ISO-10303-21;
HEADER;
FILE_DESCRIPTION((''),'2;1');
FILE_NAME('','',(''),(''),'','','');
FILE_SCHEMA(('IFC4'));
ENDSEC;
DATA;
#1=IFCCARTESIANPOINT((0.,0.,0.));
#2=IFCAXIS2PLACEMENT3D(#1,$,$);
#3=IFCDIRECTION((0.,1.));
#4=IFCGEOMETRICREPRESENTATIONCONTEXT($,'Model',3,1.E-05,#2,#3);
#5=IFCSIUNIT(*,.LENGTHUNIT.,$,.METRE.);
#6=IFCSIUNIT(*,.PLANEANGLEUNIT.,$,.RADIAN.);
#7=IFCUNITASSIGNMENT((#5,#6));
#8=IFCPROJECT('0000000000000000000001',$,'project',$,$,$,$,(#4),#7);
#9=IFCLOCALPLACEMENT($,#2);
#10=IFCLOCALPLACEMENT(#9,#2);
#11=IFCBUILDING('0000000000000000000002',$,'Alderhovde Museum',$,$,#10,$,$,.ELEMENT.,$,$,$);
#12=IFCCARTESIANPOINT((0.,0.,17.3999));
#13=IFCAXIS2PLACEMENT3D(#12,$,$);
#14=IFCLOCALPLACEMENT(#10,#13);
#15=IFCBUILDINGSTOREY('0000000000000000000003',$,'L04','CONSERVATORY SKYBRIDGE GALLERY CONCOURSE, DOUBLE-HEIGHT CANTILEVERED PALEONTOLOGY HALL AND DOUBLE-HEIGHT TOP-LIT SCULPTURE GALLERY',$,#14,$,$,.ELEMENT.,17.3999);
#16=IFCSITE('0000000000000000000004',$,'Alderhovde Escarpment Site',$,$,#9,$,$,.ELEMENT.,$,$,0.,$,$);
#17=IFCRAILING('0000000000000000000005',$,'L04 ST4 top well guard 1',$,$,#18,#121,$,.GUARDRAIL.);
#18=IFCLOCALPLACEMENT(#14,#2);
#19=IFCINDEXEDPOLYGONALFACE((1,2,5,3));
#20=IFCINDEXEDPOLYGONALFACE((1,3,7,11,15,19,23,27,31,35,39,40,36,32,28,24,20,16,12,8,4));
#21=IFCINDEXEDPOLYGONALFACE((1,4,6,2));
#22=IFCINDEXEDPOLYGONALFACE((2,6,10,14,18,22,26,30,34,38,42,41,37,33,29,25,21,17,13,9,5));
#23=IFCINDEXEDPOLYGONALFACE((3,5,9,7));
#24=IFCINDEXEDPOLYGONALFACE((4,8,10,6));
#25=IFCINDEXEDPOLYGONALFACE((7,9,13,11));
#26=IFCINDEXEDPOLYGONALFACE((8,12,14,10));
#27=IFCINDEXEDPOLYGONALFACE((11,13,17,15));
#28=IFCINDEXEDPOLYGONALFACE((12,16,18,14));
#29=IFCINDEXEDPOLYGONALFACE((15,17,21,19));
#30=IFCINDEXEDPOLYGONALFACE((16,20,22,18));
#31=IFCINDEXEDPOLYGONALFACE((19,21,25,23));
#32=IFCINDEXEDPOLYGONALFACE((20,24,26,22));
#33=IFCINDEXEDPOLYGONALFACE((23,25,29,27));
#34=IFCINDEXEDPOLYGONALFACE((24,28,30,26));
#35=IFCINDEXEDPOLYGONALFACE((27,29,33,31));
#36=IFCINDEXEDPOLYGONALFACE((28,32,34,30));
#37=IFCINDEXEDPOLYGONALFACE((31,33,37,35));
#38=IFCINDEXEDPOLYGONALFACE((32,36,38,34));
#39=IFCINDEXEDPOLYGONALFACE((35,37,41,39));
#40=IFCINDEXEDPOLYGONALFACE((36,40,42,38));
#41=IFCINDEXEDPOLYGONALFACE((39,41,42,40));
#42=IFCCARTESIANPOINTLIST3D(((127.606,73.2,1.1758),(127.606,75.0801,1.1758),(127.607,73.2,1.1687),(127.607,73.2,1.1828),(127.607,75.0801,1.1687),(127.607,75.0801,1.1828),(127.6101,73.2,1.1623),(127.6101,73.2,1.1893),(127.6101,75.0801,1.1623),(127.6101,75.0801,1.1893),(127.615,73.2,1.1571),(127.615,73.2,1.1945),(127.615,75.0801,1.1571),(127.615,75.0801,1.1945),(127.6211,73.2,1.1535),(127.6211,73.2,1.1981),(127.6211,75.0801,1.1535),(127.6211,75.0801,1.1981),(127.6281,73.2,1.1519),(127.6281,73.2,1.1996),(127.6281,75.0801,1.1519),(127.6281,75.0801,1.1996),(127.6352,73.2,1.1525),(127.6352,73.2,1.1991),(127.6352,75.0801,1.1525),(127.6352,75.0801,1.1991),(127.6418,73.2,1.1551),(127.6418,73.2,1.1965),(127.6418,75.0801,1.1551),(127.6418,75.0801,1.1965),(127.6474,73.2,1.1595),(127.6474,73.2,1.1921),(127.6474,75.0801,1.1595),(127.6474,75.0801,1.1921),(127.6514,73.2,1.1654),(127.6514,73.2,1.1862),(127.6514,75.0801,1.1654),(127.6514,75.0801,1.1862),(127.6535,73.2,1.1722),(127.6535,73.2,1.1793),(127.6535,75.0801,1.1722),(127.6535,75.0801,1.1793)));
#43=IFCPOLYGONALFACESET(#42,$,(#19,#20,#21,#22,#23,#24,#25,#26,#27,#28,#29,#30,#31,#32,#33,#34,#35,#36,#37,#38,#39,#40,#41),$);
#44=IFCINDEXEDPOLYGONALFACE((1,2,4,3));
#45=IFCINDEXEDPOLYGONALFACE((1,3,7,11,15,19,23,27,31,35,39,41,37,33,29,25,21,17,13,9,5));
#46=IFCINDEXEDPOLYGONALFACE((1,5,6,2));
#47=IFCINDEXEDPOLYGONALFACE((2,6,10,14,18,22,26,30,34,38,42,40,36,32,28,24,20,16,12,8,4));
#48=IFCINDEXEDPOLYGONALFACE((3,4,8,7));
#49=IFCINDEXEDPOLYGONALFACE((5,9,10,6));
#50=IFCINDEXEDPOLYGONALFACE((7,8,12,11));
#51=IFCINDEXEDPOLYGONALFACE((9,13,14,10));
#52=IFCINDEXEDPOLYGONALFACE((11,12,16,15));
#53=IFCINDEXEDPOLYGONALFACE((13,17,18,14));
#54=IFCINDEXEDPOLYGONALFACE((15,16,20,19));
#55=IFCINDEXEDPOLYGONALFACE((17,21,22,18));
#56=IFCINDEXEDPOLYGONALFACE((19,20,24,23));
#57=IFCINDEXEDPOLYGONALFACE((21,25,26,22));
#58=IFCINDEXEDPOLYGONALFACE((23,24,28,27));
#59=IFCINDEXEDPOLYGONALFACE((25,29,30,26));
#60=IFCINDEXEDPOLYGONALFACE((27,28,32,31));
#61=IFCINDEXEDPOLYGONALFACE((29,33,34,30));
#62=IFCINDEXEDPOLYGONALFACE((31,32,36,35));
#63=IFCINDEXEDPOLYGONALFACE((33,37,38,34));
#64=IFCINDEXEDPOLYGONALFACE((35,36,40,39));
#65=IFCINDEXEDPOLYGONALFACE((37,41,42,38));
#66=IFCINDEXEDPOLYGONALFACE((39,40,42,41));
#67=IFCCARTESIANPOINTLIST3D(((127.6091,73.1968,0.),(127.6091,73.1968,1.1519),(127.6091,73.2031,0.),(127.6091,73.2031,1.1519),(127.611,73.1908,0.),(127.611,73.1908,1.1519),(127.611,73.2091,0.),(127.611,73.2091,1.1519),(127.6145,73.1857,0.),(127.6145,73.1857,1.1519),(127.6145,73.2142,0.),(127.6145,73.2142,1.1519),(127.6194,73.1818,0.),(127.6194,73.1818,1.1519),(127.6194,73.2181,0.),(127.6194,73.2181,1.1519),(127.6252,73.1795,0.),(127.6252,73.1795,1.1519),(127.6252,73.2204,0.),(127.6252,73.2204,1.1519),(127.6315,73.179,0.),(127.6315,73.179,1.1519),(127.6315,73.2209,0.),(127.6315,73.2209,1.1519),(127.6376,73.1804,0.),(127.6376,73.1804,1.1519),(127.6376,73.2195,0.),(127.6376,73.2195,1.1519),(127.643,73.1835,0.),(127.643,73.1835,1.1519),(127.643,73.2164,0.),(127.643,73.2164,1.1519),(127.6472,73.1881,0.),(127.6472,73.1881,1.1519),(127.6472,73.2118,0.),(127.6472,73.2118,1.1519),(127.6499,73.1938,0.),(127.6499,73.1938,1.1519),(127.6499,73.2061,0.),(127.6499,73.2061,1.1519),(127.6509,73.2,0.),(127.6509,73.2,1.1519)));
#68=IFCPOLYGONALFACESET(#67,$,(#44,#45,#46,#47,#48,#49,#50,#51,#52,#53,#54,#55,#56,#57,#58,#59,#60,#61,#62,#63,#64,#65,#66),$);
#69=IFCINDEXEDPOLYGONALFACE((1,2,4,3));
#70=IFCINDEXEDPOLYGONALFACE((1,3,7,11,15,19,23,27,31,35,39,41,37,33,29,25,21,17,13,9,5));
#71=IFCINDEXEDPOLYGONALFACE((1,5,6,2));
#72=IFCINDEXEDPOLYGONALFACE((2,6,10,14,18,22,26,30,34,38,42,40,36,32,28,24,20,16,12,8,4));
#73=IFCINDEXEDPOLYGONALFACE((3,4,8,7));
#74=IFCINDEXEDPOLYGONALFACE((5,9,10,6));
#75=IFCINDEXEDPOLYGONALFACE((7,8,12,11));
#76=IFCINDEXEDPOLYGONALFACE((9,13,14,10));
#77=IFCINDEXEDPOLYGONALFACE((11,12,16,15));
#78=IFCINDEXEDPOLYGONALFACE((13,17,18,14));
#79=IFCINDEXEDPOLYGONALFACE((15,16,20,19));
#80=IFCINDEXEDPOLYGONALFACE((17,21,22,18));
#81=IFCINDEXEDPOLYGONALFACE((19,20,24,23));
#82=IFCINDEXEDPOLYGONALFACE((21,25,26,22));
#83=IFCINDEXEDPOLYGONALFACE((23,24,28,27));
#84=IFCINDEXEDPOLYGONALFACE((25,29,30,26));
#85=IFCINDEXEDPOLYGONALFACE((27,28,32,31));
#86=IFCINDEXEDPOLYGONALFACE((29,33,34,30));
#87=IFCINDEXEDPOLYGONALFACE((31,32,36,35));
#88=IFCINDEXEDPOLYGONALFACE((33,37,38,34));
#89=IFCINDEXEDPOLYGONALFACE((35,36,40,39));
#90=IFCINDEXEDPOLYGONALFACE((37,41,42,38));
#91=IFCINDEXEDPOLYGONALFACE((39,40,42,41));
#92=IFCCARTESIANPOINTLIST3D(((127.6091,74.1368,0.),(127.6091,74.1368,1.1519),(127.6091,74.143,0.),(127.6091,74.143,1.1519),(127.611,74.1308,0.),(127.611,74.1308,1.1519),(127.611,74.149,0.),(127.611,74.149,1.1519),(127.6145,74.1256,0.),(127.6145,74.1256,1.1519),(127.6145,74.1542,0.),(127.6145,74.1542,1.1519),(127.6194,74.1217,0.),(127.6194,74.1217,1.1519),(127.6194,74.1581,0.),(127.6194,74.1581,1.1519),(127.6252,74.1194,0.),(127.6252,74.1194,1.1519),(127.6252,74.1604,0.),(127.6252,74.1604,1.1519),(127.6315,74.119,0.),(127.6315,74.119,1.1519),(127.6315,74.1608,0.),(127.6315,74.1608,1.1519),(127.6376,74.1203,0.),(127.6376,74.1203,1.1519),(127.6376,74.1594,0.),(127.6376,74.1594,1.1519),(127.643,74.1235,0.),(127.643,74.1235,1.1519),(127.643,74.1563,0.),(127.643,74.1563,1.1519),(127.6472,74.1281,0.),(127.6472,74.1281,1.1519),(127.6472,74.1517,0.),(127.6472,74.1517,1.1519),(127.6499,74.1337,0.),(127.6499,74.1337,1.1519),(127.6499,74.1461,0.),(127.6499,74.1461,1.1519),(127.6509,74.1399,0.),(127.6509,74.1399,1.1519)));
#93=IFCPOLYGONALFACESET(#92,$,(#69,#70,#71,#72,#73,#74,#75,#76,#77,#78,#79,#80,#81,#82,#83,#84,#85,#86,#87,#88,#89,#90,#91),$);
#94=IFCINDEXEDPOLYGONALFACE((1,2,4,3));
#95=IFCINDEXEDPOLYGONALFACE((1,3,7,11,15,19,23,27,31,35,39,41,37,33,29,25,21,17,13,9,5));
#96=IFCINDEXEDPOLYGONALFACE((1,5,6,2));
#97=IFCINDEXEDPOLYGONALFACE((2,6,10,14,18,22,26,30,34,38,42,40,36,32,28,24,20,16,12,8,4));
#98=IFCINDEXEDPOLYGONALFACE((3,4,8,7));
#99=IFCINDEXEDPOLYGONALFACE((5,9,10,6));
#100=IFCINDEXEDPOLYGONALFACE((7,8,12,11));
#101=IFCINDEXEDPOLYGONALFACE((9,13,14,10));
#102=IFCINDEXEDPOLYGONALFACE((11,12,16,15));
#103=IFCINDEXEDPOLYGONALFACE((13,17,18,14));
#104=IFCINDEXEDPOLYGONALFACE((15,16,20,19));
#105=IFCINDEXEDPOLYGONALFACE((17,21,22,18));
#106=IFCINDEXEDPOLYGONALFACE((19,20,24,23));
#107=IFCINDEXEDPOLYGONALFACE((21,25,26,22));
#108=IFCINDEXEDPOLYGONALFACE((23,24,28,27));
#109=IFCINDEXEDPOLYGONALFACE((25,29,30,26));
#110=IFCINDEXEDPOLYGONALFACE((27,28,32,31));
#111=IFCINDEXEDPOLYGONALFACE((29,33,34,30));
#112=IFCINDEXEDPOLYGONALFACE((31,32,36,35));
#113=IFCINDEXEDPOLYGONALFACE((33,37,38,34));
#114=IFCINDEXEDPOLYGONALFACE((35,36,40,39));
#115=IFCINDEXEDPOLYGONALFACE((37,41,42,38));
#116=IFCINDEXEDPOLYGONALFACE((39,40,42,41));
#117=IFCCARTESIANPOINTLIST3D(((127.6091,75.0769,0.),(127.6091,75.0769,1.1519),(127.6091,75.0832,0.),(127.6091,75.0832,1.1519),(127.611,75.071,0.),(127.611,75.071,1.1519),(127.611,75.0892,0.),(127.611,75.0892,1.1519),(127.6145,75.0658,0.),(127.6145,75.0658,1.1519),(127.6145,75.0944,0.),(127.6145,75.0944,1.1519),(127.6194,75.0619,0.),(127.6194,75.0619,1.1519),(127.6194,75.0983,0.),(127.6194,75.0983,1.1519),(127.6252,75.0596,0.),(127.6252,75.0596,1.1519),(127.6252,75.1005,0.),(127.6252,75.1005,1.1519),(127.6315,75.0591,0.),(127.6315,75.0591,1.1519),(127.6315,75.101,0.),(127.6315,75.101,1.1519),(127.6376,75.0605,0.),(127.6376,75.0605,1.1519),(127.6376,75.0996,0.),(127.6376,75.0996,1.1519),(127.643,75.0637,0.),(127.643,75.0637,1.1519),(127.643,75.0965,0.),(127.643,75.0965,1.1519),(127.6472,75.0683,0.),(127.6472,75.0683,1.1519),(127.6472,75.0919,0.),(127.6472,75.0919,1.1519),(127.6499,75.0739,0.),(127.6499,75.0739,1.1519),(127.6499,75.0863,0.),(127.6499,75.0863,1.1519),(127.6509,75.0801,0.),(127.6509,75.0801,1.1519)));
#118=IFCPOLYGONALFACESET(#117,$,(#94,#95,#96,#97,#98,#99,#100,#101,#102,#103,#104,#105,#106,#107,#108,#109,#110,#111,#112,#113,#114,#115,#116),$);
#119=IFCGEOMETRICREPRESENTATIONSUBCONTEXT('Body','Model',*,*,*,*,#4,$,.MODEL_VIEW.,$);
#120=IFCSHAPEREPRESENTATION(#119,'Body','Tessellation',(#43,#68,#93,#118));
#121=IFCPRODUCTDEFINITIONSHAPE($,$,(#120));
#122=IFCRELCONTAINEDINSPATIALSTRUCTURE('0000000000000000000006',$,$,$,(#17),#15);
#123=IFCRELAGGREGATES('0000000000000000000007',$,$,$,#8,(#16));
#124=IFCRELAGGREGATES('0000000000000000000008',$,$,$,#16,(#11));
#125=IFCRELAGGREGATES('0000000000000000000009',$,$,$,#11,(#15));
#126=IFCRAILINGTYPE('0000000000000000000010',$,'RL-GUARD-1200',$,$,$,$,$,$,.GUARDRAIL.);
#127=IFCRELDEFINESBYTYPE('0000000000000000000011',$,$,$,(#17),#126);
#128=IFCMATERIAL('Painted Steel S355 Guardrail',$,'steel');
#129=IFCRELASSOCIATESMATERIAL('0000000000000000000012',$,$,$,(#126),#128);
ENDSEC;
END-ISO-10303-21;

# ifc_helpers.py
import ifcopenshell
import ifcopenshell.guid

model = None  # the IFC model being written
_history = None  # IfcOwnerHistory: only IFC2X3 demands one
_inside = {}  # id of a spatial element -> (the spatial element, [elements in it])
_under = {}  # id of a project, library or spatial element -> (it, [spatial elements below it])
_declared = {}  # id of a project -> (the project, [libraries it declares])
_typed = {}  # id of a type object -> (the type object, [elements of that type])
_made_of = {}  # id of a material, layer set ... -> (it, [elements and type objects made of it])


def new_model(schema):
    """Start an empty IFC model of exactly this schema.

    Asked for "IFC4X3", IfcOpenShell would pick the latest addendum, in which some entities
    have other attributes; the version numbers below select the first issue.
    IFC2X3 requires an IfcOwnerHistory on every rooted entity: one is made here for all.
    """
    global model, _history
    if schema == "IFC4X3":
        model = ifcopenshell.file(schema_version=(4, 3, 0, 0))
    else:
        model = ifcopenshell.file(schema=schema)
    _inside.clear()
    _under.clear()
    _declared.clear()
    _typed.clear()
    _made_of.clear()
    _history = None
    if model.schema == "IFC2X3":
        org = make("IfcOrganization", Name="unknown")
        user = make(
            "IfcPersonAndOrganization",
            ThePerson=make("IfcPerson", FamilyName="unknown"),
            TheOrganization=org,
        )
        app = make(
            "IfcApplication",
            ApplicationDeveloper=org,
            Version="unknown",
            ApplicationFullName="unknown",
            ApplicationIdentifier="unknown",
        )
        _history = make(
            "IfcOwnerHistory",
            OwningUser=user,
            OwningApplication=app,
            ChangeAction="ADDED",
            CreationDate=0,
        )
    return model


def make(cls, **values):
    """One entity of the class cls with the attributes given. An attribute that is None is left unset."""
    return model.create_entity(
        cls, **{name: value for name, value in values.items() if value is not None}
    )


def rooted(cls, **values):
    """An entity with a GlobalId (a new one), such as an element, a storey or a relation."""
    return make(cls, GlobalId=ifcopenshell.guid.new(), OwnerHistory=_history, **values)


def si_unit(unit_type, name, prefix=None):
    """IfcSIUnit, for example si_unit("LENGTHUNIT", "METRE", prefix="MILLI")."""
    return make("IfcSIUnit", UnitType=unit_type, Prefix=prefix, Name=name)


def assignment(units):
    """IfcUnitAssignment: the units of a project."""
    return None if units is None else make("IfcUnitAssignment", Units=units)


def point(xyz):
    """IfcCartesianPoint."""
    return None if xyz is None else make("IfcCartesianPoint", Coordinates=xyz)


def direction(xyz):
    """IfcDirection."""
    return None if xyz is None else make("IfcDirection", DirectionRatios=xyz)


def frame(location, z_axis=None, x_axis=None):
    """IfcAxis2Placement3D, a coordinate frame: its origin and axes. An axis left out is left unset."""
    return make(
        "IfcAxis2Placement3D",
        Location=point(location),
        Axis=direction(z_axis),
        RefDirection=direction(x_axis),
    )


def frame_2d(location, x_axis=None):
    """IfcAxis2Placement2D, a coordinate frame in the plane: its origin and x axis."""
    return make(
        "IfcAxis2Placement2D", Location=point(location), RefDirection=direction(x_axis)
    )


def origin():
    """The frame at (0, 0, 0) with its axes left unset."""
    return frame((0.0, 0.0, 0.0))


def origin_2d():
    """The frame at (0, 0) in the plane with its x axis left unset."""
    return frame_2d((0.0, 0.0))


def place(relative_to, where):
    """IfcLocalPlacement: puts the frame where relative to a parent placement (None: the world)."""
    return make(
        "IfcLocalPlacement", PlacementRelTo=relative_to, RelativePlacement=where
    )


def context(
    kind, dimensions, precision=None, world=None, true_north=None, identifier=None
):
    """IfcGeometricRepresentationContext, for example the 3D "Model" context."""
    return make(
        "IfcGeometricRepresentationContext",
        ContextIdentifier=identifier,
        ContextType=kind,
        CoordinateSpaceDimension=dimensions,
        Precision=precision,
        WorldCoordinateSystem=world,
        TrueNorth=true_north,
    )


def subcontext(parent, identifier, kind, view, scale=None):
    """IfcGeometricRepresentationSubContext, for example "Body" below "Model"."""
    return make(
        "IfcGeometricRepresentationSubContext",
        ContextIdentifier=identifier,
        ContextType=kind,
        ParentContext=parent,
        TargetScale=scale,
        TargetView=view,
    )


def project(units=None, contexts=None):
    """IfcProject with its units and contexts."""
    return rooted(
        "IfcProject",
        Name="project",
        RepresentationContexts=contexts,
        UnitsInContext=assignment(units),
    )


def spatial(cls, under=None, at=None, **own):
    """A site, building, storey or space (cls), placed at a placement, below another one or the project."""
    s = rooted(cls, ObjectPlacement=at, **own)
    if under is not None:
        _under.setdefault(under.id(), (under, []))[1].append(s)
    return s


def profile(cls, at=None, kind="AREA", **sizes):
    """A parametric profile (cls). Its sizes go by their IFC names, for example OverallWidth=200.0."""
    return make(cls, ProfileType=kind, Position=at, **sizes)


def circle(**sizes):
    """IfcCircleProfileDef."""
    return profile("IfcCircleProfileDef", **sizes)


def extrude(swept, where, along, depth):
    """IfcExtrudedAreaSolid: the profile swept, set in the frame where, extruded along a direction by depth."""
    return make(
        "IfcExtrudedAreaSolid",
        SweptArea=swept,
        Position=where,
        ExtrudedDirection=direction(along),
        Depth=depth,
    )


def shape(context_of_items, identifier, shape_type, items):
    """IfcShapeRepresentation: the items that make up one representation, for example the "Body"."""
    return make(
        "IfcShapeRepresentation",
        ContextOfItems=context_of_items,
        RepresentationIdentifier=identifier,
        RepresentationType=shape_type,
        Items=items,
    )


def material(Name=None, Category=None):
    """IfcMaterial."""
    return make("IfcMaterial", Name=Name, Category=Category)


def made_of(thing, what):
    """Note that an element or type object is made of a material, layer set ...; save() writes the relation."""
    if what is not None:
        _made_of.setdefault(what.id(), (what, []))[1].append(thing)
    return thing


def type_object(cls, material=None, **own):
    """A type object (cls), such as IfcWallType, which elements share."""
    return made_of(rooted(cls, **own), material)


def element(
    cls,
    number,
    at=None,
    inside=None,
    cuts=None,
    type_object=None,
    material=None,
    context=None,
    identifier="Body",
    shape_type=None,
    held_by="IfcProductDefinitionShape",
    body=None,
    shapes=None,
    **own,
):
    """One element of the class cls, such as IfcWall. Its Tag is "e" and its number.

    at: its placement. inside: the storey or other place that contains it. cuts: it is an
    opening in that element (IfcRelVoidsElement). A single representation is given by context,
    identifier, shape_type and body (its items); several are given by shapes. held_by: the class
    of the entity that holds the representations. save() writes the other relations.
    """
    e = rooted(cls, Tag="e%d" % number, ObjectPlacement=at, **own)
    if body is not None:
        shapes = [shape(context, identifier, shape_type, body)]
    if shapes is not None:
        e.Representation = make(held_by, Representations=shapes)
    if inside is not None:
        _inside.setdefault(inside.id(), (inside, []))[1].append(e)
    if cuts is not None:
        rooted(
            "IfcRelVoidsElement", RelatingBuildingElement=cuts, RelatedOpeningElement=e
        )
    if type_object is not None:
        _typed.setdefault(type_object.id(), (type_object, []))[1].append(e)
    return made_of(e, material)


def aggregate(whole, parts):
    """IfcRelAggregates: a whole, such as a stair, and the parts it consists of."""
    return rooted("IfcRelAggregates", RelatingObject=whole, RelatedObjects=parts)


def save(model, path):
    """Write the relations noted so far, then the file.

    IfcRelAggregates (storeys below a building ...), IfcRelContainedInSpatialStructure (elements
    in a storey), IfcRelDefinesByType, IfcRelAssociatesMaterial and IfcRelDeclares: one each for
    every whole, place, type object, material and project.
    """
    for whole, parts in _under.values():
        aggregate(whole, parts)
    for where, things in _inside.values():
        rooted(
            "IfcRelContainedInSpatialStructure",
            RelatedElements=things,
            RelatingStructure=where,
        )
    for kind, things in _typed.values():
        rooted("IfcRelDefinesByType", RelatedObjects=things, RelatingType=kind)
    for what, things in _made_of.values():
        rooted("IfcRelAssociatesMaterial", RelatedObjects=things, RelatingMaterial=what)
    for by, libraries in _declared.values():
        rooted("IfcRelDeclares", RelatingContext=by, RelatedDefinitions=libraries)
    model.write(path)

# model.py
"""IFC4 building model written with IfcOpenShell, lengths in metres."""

from ifc_helpers import new_model, si_unit, direction, frame, origin, origin_2d, place, context, subcontext, project, spatial, circle, extrude, material, type_object, element, save


model = new_model("IFC4")

# Units and contexts
model_context = context("Model", 3, precision=1e-05, world=origin(), true_north=direction((0.0, 1.0)))
body_context = subcontext(model_context, "Body", "Model", "MODEL_VIEW")
ifc_project = project(units=[si_unit("LENGTHUNIT", "METRE"), si_unit("PLANEANGLEUNIT", "RADIAN")], contexts=[model_context])

# Site, building, storey
site_placement = place(None, origin())
site = spatial("IfcSite", under=ifc_project, at=site_placement, Name="Alderhovde Escarpment Site", CompositionType="ELEMENT", RefElevation=0.0)
building_placement = place(site_placement, origin())
building = spatial("IfcBuilding", under=site, at=building_placement, Name="Alderhovde Museum", CompositionType="ELEMENT")
storey_placement = place(building_placement, frame((0.0, 0.0, 17.3999)))
storey = spatial("IfcBuildingStorey", under=building, at=storey_placement, Name="L04", Description="CONSERVATORY SKYBRIDGE GALLERY CONCOURSE, DOUBLE-HEIGHT CANTILEVERED PALEONTOLOGY HALL AND DOUBLE-HEIGHT TOP-LIT SCULPTURE GALLERY", CompositionType="ELEMENT", Elevation=17.3999)

# Railing
ifc_material_1 = material(Name="Painted Steel S355 Guardrail", Category="steel")
railing_type = type_object("IfcRailingType", Name="RL-GUARD-1200", PredefinedType="GUARDRAIL", material=ifc_material_1)
railing_placement = place(storey_placement, frame((127.6299, 73.2, 0.0)))
element("IfcRailing", 1, at=railing_placement, inside=storey, type_object=railing_type, Name="L04 ST4 top well guard 1", PredefinedType="GUARDRAIL", context=body_context, shape_type="SweptSolid", body=[
    extrude(circle(Radius=0.0239, at=origin_2d()), frame((0.0, 0.0, 1.1758), z_axis=(0.0, 1.0, 0.0), x_axis=(-1.0, 0.0, 0.0)), (0.0, 0.0, 1.0), 1.8801),
    extrude(circle(Radius=0.021, at=origin_2d()), origin(), (0.0, 0.0, 1.0), 1.1519),
    extrude(circle(Radius=0.021, at=origin_2d()), frame((0.0, 0.9399, 0.0)), (0.0, 0.0, 1.0), 1.1519),
    extrude(circle(Radius=0.021, at=origin_2d()), frame((0.0, 1.8801, 0.0)), (0.0, 0.0, 1.0), 1.1519),
])

save(model, "model.ifc")
